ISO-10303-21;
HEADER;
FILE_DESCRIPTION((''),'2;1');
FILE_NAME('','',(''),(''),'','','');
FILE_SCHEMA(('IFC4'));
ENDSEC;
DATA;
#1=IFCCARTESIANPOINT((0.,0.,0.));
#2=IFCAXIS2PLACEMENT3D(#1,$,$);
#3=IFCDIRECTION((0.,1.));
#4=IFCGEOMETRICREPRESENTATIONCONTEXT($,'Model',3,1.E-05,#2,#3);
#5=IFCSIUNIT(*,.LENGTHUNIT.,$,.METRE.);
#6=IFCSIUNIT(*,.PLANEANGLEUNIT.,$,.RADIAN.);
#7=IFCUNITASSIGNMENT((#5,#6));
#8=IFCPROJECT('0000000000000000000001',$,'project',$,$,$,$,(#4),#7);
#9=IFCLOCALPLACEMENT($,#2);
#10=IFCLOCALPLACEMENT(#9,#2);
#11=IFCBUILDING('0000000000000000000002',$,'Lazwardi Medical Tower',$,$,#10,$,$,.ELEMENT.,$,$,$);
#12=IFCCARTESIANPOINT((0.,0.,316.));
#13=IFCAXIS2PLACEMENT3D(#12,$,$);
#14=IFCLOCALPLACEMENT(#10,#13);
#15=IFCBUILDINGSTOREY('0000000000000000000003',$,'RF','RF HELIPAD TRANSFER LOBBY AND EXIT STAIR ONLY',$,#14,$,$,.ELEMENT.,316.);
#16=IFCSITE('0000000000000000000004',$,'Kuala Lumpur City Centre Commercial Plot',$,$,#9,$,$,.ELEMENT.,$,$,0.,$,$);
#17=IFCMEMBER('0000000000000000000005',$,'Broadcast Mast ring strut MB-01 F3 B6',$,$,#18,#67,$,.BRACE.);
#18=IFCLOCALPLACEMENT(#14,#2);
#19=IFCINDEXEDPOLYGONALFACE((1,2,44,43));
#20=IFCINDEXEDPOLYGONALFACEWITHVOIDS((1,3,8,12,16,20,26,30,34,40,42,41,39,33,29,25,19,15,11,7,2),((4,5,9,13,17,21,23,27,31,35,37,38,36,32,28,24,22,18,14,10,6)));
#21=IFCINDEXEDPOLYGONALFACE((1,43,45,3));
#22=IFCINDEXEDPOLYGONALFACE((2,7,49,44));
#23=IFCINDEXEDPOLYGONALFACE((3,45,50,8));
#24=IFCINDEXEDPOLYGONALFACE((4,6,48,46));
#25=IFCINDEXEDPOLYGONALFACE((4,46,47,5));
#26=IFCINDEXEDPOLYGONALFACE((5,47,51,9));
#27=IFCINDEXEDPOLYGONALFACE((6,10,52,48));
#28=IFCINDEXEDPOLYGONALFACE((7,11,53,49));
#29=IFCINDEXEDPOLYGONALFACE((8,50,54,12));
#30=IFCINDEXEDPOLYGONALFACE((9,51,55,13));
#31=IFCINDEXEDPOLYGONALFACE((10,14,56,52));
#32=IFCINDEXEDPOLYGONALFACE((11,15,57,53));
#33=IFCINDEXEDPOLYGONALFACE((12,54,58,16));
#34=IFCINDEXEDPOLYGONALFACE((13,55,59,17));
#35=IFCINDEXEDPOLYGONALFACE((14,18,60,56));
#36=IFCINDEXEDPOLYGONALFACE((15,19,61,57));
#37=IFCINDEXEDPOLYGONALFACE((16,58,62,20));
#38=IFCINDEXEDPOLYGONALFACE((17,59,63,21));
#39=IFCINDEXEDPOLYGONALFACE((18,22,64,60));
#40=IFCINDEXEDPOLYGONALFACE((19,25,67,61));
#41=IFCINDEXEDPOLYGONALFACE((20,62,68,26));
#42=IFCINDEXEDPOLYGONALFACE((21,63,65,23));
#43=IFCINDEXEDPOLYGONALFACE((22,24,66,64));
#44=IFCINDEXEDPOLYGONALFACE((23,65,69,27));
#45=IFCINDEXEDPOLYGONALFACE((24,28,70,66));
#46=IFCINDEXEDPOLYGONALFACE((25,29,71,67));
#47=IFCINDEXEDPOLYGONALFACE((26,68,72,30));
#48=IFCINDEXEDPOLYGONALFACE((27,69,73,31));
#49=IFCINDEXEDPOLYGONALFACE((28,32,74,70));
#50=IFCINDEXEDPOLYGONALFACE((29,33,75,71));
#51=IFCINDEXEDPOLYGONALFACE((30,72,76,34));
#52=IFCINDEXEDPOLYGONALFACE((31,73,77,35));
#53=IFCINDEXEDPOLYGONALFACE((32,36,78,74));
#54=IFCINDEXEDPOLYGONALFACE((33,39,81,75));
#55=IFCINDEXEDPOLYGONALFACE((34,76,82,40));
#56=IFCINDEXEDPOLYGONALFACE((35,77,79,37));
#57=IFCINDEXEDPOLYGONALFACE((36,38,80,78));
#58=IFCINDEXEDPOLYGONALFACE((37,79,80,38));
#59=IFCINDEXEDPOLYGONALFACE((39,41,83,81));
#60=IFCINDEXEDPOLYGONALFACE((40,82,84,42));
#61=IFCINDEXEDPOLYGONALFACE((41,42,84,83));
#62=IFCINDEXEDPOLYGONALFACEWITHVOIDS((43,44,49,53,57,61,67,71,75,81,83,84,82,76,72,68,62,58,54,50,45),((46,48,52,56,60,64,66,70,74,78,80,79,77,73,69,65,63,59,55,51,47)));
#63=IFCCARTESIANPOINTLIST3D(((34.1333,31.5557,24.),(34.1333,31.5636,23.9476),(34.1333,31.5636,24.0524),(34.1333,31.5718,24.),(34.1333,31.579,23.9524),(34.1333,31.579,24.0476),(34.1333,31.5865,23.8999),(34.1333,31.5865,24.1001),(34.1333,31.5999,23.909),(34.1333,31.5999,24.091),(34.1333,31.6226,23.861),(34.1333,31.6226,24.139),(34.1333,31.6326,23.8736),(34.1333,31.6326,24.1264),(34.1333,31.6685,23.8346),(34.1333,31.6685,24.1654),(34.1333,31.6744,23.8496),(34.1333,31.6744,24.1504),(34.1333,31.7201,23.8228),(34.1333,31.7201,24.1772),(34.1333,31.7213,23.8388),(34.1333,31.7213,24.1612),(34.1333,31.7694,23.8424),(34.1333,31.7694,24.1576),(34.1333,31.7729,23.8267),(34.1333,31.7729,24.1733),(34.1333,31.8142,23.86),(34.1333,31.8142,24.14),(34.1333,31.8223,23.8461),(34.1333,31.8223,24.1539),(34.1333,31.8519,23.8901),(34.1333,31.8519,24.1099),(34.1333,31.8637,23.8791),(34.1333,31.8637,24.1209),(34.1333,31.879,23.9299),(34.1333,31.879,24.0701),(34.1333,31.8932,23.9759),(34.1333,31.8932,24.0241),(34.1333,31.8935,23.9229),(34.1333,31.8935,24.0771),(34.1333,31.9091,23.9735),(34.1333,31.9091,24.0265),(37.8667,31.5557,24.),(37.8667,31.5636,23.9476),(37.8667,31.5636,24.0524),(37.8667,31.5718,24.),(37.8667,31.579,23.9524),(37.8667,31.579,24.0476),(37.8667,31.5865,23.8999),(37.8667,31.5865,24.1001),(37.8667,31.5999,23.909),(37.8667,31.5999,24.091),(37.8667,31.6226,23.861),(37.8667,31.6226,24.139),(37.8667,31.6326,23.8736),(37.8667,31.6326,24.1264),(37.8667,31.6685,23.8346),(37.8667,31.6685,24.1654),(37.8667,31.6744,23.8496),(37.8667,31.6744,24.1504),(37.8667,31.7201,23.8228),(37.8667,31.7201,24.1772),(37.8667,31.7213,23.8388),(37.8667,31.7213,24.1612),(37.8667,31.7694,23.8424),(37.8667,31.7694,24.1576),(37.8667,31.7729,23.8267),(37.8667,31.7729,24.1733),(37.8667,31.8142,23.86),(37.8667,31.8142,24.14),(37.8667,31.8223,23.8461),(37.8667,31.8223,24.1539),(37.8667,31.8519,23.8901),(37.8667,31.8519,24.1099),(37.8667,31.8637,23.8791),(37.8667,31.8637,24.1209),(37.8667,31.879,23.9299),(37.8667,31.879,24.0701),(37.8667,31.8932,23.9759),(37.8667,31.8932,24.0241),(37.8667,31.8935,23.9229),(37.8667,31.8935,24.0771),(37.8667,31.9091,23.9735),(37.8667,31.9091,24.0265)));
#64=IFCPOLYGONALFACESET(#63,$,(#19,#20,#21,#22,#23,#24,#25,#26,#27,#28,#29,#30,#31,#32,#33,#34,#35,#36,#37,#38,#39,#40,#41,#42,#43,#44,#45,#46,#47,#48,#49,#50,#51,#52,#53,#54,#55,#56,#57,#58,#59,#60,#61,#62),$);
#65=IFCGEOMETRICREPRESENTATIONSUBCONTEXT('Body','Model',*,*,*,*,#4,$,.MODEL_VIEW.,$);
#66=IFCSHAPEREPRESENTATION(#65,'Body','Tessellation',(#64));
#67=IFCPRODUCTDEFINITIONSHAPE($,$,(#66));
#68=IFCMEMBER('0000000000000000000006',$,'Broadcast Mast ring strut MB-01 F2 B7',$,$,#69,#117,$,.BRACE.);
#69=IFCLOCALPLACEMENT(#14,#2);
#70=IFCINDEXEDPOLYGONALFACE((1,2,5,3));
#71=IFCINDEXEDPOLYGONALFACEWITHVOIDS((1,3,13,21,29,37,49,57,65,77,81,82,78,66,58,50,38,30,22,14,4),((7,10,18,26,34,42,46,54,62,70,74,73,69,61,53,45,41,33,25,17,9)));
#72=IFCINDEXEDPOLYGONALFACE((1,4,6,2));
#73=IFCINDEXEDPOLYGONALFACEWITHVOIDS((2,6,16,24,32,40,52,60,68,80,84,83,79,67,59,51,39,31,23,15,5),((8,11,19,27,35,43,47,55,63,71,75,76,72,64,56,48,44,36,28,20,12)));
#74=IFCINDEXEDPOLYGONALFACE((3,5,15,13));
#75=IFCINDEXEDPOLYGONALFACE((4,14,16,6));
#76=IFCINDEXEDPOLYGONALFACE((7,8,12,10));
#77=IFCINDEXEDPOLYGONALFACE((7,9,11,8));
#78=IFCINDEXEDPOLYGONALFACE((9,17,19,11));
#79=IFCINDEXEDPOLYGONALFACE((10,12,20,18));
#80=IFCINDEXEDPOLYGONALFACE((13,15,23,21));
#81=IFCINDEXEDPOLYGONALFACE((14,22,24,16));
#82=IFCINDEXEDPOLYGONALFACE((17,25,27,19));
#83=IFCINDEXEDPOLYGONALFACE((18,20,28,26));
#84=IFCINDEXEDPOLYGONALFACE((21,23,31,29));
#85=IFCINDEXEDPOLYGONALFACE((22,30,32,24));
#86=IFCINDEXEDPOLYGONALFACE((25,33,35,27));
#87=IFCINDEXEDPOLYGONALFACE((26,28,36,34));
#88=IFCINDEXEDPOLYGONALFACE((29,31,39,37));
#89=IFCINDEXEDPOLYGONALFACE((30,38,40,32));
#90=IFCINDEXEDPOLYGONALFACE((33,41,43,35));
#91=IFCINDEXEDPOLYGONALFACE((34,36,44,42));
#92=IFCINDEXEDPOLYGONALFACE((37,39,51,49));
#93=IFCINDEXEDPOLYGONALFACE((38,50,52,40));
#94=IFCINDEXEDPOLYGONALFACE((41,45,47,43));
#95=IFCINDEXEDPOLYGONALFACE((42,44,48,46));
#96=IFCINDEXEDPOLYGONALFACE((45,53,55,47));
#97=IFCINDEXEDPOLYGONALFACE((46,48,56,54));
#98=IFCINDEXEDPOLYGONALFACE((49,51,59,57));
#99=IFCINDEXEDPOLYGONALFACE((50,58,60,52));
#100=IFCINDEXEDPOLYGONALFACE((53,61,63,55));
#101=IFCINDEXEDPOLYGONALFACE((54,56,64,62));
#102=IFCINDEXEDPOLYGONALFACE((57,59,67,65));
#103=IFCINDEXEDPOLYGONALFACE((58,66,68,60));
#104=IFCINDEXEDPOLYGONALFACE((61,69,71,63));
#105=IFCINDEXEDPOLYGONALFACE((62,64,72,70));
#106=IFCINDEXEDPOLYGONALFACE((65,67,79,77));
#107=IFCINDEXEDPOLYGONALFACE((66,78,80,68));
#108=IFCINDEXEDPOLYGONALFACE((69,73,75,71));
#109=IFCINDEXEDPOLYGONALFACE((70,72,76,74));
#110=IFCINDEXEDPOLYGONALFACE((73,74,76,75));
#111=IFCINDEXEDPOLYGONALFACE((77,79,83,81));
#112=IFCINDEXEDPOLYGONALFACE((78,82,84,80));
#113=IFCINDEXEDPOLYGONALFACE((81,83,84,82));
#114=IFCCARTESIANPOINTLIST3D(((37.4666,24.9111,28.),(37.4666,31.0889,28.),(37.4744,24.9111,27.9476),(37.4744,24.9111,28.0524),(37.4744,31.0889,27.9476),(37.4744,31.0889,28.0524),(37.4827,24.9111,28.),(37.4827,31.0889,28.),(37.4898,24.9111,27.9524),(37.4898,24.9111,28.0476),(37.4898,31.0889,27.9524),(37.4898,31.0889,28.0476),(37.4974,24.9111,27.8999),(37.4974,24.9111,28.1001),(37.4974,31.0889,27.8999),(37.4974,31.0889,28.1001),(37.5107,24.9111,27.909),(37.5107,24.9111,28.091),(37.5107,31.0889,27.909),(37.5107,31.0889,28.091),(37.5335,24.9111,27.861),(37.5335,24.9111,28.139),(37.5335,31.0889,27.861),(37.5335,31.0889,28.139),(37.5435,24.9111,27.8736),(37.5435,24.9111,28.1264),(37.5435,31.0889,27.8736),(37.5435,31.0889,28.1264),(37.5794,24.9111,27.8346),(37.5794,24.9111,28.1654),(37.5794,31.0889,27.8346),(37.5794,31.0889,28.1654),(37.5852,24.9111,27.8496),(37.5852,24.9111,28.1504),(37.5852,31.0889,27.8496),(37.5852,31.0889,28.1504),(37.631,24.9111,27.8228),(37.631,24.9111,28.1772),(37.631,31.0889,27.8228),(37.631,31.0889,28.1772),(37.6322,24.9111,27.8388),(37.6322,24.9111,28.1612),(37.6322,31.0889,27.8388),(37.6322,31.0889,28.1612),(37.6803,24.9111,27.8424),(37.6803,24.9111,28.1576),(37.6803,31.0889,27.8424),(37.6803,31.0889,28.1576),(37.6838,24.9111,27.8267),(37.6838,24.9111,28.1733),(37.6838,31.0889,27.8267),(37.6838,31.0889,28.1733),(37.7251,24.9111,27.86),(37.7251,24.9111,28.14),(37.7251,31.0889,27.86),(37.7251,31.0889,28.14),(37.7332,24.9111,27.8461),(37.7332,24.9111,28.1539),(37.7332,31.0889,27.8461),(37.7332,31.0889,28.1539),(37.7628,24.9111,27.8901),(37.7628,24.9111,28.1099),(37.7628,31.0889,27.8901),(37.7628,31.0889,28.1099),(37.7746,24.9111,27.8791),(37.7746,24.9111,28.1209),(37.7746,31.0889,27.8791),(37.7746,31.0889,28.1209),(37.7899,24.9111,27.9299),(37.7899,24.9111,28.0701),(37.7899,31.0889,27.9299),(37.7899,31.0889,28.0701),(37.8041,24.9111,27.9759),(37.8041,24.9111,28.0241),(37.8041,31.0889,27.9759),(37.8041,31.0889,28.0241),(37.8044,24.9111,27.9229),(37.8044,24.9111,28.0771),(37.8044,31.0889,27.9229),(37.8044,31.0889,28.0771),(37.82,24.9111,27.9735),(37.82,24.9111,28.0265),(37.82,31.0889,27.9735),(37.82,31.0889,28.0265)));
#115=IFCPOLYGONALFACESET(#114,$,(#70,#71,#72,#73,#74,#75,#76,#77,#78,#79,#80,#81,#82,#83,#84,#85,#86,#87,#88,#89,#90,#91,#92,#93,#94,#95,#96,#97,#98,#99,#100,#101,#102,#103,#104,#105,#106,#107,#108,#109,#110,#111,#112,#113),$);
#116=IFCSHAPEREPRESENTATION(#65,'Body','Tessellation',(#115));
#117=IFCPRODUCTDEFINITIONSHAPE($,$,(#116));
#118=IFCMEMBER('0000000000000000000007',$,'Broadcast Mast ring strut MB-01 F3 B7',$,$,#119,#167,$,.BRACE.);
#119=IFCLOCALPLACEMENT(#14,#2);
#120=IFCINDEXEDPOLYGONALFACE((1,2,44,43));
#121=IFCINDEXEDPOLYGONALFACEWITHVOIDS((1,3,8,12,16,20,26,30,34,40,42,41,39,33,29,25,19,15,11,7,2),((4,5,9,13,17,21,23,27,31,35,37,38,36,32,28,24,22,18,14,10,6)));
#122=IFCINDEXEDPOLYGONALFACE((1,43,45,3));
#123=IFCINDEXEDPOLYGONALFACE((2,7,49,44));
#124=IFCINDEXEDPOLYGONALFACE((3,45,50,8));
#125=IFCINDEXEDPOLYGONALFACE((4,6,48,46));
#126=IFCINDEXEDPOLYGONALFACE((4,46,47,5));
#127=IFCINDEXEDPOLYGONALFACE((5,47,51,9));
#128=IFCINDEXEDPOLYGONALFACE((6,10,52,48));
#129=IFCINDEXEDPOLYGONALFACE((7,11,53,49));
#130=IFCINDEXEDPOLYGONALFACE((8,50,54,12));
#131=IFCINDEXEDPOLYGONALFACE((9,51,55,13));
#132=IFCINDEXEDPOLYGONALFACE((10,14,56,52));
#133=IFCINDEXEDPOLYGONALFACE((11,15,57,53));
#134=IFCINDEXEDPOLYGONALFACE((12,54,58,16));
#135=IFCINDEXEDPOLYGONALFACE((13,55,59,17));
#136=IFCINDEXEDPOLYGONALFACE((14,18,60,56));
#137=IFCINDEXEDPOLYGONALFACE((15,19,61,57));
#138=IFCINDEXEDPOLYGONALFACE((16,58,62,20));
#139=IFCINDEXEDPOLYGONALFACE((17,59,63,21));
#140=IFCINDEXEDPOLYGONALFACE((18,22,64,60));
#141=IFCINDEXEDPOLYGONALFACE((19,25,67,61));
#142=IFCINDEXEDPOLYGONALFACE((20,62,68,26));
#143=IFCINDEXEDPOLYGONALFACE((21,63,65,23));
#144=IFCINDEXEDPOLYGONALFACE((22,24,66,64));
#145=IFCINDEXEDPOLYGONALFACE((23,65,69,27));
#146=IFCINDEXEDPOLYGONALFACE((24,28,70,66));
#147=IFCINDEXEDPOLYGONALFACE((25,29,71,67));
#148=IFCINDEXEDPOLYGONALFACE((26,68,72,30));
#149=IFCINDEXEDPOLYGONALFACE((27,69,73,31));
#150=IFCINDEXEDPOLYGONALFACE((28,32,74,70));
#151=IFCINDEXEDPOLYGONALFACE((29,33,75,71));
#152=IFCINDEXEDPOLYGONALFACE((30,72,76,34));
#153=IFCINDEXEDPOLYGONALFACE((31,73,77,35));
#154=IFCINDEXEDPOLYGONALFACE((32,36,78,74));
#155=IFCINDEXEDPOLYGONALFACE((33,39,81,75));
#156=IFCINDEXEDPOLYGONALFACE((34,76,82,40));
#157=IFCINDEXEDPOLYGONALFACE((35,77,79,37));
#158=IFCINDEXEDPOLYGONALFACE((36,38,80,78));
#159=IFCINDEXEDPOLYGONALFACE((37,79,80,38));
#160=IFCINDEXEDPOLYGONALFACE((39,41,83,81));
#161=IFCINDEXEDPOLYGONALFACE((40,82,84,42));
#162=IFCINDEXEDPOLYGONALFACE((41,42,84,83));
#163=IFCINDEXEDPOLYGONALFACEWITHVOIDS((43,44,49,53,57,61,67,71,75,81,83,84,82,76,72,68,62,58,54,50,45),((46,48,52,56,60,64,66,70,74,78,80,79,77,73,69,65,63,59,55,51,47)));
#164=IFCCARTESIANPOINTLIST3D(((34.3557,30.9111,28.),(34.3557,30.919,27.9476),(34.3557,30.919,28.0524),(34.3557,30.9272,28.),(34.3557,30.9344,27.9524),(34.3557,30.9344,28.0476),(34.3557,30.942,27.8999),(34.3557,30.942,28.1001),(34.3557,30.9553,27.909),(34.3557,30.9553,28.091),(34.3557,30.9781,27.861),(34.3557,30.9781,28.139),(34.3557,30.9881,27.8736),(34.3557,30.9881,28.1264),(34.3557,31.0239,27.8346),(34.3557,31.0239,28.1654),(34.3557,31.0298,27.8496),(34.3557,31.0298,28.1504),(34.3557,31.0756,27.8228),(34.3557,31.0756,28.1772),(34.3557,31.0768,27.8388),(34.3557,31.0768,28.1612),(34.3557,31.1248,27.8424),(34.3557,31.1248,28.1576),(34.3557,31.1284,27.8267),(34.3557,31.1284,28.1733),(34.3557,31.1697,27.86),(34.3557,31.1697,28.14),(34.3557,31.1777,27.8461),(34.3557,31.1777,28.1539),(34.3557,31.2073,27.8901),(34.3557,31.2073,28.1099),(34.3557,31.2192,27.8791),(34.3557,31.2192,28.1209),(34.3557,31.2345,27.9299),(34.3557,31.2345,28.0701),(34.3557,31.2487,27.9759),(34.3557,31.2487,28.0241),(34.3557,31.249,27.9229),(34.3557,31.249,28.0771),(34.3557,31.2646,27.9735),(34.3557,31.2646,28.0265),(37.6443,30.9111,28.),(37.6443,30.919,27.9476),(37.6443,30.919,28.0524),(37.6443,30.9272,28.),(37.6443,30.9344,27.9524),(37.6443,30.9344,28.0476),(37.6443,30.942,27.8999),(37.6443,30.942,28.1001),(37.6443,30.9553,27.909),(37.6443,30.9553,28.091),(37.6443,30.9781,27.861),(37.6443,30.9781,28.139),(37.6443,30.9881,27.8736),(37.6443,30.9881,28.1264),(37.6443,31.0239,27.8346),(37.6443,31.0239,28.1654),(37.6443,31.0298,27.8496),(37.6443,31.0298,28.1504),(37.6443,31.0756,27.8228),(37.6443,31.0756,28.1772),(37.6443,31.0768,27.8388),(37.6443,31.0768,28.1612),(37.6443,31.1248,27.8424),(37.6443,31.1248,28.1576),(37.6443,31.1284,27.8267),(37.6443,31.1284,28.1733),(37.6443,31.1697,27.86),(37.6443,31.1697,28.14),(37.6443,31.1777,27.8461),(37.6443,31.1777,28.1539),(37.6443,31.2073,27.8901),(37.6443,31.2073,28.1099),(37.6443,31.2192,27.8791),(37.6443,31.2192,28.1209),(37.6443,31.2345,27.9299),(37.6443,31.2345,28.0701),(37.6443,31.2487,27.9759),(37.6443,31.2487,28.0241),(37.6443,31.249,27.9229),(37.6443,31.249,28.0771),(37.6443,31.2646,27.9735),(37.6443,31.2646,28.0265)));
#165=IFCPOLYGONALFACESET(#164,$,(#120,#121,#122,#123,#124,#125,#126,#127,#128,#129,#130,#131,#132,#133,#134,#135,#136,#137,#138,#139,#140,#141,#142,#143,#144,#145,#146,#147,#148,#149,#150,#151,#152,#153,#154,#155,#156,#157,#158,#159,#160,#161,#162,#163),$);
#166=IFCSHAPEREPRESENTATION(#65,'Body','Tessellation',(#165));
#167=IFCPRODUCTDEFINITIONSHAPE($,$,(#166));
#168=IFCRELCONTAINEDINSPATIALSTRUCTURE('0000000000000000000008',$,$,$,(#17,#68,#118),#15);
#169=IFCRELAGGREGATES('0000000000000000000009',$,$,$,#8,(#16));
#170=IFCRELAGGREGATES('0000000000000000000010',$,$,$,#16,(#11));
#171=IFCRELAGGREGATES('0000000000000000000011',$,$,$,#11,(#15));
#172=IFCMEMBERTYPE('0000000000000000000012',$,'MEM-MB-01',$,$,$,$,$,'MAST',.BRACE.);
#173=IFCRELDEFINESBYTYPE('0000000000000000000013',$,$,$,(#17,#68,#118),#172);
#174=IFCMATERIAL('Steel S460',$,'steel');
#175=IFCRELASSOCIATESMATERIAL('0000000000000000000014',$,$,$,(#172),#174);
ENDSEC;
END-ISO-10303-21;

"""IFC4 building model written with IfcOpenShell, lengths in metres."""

from ifc_helpers import new_model, si_unit, direction, frame, origin, origin_2d, place, context, subcontext, project, spatial, hollow_circle, extrude, material, material_profile, profile_set, type_object, element, save


model = new_model("IFC4")

# Units and contexts
model_context = context("Model", 3, precision=1e-05, world=origin(), true_north=direction((0.0, 1.0)))
body_context = subcontext(model_context, "Body", "Model", "MODEL_VIEW")
ifc_project = project(units=[si_unit("LENGTHUNIT", "METRE"), si_unit("PLANEANGLEUNIT", "RADIAN")], contexts=[model_context])

# Site, building, storey
site_placement = place(None, origin())
site = spatial("IfcSite", under=ifc_project, at=site_placement, Name="Kuala Lumpur City Centre Commercial Plot", CompositionType="ELEMENT", RefElevation=0.0)
building_placement = place(site_placement, origin())
building = spatial("IfcBuilding", under=site, at=building_placement, Name="Lazwardi Medical Tower", CompositionType="ELEMENT")
storey_placement = place(building_placement, frame((0.0, 0.0, 316.0)))
storey = spatial("IfcBuildingStorey", under=building, at=storey_placement, Name="RF", Description="RF HELIPAD TRANSFER LOBBY AND EXIT STAIR ONLY", CompositionType="ELEMENT", Elevation=316.0)

# Members
ifc_material = material(Name="Steel S460", Category="steel")
ifc_material_profile_1 = material_profile(ifc_material, hollow_circle(Radius=0.1777, WallThickness=0.0161, at=origin_2d()), Name="CHS 355.6x16")
ifc_profile_set_1 = profile_set([ifc_material_profile_1], Name="Steel S460")
member_type_1 = type_object("IfcMemberType", Name="MEM-MB-01", ElementType="MAST", PredefinedType="BRACE", material=ifc_profile_set_1)
member_1_placement = place(storey_placement, frame((37.8667, 31.7334, 24.0), z_axis=(-1.0, 0.0, 0.0), x_axis=(0.0, -1.0, 0.0)))
element("IfcMember", 1, at=member_1_placement, inside=storey, type_object=member_type_1, Name="Broadcast Mast ring strut MB-01 F3 B6", PredefinedType="BRACE", context=body_context, shape_type="SweptSolid", body=[
    extrude(hollow_circle(Radius=0.1777, WallThickness=0.0161, at=origin_2d()), origin(), (0.0, 0.0, 1.0), 3.7334),
])
member_2_placement = place(storey_placement, frame((37.6443, 24.9111, 28.0), z_axis=(0.0, 1.0, 0.0), x_axis=(-1.0, 0.0, 0.0)))
element("IfcMember", 2, at=member_2_placement, inside=storey, type_object=member_type_1, Name="Broadcast Mast ring strut MB-01 F2 B7", PredefinedType="BRACE", context=body_context, shape_type="SweptSolid", body=[
    extrude(hollow_circle(Radius=0.1777, WallThickness=0.0161, at=origin_2d()), origin(), (0.0, 0.0, 1.0), 6.1777),
])
member_3_placement = place(storey_placement, frame((37.6443, 31.0889, 28.0), z_axis=(-1.0, 0.0, 0.0), x_axis=(0.0, -1.0, 0.0)))
element("IfcMember", 3, at=member_3_placement, inside=storey, type_object=member_type_1, Name="Broadcast Mast ring strut MB-01 F3 B7", PredefinedType="BRACE", context=body_context, shape_type="SweptSolid", body=[
    extrude(hollow_circle(Radius=0.1777, WallThickness=0.0161, at=origin_2d()), origin(), (0.0, 0.0, 1.0), 3.2886),
])

save(model, "model.ifc")
